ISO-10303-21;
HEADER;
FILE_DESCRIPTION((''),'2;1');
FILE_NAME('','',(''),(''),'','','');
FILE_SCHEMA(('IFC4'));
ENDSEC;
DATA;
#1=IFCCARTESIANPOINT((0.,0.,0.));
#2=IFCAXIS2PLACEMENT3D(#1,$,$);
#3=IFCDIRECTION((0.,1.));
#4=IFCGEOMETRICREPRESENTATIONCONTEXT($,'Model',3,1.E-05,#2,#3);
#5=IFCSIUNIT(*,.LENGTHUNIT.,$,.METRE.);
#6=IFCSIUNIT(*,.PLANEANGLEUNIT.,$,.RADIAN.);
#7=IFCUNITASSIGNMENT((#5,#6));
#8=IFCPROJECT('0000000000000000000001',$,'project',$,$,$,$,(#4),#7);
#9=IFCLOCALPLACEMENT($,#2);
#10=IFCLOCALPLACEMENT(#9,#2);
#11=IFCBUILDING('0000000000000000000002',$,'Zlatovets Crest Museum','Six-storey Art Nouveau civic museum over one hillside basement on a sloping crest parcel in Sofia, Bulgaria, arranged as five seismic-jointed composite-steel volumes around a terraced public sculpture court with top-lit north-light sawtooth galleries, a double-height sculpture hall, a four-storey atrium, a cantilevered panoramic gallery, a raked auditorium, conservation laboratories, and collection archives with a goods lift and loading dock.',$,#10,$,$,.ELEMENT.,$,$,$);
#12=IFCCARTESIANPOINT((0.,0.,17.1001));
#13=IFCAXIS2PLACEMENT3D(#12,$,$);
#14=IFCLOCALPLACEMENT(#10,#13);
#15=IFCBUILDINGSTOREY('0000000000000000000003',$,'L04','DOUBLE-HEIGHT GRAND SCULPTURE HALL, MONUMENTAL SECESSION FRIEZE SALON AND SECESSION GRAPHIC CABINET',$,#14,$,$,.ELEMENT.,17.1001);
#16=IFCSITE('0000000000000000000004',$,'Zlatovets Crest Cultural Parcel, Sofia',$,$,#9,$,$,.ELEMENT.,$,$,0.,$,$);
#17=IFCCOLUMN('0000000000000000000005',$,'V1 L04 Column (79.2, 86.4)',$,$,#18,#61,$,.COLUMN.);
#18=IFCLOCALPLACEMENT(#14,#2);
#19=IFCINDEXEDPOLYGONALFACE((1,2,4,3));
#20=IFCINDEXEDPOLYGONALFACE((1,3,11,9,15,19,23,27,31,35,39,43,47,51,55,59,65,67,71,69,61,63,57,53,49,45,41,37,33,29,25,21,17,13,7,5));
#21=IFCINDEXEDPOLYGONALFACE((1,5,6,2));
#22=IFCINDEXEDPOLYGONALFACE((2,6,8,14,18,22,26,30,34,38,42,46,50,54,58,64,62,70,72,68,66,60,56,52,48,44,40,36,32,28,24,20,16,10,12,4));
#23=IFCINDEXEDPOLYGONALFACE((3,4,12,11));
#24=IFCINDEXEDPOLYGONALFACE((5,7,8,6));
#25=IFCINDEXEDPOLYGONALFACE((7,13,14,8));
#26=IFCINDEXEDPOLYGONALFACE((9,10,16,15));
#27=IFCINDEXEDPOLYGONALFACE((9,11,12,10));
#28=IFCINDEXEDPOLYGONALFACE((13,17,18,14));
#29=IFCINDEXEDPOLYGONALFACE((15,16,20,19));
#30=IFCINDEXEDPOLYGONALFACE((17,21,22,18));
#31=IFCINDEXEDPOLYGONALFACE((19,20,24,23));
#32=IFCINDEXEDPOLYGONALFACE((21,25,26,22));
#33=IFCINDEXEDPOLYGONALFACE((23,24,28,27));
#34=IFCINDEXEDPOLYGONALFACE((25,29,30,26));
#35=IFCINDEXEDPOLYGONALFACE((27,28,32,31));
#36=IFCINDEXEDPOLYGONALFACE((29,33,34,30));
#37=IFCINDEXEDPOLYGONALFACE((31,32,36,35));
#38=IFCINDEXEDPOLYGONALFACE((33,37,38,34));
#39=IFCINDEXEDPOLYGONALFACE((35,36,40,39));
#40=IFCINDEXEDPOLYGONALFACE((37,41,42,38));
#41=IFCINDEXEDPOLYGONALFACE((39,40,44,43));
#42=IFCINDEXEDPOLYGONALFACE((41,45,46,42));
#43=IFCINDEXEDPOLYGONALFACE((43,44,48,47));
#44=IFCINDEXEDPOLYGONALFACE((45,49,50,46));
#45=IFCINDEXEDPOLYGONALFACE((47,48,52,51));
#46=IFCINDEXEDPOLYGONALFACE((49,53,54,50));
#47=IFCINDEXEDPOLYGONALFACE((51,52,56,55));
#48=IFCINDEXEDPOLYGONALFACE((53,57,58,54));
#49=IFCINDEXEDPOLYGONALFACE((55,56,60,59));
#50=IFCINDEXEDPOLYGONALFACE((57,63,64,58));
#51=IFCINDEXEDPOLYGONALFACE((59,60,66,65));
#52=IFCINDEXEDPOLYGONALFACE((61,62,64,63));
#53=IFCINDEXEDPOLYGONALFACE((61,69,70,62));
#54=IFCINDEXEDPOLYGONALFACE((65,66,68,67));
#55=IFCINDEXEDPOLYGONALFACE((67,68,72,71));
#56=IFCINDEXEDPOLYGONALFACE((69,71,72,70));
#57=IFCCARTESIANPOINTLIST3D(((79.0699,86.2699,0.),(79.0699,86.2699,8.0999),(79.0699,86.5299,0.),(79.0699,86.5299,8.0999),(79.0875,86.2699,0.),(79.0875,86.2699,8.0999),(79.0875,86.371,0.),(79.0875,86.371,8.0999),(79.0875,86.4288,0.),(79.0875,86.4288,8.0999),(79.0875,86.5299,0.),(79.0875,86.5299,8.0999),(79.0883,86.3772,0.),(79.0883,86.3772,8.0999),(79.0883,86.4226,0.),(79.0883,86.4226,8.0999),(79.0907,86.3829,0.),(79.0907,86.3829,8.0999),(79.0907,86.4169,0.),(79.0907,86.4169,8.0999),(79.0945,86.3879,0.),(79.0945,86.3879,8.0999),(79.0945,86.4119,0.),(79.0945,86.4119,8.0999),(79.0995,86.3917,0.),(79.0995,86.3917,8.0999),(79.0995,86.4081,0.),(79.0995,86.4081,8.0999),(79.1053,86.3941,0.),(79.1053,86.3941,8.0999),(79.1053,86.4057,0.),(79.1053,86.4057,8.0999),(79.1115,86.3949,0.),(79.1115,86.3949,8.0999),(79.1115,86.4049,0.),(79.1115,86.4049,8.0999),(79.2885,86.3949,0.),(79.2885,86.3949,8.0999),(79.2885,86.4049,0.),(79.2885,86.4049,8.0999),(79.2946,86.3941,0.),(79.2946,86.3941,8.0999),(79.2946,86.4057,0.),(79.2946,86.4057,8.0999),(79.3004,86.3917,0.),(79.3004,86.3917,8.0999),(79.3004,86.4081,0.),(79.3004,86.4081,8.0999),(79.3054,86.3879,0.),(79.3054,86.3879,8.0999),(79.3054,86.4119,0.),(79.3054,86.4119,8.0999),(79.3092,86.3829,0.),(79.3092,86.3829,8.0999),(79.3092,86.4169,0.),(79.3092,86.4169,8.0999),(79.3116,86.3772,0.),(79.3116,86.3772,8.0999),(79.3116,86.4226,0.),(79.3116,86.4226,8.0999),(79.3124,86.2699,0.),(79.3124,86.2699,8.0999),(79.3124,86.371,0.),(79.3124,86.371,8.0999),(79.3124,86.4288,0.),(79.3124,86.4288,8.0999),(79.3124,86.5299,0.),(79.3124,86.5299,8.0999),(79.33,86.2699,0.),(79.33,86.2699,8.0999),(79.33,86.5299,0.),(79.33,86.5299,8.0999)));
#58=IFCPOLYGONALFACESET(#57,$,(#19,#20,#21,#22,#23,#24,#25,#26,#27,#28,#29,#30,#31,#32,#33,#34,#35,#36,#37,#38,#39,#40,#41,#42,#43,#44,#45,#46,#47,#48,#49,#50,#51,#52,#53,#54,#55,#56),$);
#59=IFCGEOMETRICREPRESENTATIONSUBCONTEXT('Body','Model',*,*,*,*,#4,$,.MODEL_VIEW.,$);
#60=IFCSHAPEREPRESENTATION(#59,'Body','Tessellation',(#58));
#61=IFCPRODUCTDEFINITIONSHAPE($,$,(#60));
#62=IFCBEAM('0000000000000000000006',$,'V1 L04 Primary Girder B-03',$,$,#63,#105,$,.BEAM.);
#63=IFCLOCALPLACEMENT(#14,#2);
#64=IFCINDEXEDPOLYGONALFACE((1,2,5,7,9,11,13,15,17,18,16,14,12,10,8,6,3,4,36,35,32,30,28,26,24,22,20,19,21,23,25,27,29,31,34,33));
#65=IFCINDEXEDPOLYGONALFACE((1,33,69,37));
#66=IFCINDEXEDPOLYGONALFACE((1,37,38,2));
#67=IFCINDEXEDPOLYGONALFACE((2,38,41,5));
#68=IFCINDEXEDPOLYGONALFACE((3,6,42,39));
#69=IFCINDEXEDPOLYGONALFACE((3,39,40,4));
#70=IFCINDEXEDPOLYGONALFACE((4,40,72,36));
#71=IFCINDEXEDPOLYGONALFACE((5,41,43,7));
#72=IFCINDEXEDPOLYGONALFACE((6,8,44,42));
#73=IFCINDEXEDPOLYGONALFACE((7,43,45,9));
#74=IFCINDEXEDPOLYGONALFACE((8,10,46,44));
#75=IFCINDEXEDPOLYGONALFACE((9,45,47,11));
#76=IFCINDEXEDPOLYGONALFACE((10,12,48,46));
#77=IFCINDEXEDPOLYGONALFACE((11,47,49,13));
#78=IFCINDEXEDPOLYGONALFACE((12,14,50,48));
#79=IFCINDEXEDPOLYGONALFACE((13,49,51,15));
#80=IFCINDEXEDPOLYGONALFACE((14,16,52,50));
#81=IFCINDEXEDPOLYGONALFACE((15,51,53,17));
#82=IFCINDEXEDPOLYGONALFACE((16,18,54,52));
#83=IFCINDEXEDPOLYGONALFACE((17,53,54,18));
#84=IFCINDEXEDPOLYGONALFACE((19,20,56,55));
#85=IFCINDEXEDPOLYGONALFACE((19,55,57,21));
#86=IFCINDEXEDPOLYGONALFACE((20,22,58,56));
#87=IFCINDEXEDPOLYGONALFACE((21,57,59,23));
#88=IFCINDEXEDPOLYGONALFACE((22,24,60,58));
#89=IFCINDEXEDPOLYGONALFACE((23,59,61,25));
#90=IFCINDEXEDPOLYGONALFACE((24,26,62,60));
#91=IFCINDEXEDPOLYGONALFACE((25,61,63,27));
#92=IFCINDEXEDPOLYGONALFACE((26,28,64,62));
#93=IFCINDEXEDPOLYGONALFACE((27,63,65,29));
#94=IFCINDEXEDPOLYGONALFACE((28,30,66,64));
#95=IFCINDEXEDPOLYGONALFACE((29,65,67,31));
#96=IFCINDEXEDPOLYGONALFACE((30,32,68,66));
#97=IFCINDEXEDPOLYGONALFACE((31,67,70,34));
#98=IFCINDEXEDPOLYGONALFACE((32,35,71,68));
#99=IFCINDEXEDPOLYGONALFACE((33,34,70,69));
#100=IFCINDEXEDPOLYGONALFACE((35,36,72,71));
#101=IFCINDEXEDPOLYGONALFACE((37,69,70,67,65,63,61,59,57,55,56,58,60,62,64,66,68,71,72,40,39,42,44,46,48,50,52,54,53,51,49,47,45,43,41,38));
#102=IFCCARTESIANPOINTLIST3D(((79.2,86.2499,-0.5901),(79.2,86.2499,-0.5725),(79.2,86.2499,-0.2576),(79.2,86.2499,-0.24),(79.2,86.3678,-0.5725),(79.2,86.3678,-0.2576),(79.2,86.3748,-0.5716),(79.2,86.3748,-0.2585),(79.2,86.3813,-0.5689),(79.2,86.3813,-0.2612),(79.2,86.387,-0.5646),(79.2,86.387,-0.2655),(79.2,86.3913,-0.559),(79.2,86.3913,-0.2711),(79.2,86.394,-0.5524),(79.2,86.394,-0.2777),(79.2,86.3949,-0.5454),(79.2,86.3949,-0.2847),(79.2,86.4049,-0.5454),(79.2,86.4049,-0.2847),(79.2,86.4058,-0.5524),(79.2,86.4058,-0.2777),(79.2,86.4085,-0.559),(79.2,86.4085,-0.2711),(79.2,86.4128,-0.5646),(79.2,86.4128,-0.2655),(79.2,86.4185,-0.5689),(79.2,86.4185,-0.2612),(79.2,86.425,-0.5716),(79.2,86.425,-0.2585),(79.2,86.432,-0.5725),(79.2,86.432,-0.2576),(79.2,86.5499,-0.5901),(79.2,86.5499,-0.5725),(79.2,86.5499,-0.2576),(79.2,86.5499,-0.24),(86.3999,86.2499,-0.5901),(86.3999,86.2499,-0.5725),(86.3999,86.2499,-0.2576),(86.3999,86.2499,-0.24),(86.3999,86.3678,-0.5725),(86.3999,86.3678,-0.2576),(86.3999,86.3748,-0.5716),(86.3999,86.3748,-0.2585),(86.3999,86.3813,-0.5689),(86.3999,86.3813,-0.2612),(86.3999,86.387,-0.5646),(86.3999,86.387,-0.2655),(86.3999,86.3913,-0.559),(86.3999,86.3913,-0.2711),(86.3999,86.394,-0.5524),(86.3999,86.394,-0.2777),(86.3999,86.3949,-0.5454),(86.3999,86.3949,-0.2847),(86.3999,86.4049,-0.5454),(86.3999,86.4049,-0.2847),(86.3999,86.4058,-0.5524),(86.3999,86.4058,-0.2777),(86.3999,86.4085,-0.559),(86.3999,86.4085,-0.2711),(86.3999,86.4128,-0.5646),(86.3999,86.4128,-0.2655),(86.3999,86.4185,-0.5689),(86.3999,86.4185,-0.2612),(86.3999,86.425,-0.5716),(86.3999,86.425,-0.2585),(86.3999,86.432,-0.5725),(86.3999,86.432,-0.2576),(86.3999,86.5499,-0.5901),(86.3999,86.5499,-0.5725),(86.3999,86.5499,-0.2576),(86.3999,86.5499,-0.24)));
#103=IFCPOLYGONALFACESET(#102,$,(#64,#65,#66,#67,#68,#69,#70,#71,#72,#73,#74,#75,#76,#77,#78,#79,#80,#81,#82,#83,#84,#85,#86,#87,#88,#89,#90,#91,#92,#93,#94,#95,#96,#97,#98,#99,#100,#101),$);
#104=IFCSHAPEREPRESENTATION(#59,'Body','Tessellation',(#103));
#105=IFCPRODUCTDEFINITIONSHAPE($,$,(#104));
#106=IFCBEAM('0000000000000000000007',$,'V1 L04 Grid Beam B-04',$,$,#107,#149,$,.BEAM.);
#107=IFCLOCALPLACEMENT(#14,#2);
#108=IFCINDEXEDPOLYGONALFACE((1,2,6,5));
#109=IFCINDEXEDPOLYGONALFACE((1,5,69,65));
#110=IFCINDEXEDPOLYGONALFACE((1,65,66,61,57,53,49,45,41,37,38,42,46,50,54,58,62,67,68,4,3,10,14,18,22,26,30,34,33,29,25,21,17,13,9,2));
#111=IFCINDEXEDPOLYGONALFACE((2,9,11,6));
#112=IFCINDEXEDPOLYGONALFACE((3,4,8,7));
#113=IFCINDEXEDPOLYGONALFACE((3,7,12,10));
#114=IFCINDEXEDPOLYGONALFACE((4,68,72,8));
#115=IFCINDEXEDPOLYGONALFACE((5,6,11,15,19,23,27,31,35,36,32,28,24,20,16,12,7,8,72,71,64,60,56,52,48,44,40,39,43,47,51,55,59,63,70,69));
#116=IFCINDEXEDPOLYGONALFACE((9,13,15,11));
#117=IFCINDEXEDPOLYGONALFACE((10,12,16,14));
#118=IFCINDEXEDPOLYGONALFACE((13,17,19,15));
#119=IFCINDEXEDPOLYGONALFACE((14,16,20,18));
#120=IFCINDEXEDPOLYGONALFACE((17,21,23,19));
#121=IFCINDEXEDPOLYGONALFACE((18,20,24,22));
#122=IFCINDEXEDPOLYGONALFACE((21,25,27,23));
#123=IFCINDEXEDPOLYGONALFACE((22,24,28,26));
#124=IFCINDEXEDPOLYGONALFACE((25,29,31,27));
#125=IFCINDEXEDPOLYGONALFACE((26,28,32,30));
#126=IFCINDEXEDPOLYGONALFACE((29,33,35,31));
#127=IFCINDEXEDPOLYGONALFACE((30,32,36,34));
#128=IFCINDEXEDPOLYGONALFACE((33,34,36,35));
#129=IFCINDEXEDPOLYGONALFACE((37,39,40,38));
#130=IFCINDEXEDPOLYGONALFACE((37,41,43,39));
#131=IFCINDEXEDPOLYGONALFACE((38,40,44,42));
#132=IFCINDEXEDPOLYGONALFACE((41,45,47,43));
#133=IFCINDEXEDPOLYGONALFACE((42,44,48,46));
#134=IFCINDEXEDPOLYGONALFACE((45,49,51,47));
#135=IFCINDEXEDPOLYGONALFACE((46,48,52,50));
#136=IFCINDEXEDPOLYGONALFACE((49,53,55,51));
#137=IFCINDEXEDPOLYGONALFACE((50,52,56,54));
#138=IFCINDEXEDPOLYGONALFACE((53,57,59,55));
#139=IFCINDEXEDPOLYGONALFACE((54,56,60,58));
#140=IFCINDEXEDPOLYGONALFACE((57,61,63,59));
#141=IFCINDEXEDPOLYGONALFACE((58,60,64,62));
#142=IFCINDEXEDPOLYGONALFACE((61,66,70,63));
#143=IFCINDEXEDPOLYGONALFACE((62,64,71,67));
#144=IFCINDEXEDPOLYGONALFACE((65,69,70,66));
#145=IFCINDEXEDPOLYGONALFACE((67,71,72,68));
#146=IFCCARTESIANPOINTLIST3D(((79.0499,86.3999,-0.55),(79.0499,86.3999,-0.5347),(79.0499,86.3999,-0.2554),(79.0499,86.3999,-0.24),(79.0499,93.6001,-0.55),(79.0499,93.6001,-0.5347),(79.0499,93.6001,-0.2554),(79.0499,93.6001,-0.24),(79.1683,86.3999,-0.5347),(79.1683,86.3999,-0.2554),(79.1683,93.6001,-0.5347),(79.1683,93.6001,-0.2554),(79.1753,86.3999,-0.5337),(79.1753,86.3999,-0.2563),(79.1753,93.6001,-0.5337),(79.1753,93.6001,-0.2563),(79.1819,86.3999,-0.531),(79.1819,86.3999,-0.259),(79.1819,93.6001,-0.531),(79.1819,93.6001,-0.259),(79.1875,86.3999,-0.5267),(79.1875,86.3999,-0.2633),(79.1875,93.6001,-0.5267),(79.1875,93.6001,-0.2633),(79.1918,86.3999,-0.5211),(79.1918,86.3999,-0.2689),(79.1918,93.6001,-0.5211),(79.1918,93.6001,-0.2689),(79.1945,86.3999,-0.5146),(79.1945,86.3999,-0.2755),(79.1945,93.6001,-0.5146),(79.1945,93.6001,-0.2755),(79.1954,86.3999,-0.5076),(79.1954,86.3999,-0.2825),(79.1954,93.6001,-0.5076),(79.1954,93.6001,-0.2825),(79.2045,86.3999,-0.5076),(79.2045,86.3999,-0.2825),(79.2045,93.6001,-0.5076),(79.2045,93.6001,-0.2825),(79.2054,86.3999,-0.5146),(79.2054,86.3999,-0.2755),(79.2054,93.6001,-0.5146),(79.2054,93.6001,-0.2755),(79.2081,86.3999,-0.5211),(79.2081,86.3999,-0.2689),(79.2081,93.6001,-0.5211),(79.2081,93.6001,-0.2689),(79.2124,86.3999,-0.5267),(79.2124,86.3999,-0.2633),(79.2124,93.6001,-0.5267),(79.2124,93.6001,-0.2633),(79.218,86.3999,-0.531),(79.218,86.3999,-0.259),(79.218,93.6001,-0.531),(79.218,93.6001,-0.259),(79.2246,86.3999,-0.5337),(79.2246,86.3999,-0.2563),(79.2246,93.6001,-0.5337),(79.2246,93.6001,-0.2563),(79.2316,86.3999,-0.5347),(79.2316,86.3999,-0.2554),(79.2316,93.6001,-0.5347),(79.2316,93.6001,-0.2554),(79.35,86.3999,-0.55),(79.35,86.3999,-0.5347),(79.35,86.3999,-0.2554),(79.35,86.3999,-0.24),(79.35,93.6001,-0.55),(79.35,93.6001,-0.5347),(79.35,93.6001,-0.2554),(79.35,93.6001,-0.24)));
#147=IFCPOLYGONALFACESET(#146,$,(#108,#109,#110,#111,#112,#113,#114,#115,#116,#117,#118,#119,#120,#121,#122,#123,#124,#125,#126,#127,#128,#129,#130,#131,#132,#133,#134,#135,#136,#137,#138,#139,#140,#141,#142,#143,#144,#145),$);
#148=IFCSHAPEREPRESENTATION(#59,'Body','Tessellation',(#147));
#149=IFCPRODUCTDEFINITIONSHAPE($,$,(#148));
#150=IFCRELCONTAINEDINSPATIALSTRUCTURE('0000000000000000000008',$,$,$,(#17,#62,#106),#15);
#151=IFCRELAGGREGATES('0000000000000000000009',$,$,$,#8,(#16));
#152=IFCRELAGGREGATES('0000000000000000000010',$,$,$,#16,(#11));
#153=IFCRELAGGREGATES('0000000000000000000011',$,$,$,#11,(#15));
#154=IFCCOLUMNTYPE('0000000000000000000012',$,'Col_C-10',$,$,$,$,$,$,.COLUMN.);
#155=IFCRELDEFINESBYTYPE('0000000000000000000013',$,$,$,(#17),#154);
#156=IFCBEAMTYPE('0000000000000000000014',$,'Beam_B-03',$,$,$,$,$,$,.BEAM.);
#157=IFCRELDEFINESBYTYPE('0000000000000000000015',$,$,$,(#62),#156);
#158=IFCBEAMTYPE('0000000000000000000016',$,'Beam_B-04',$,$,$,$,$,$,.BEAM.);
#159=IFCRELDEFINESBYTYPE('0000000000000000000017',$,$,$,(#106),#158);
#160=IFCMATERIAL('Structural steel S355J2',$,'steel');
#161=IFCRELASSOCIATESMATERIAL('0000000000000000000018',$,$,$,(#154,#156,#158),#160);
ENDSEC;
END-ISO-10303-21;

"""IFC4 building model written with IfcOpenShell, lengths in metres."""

from ifc_helpers import new_model, si_unit, direction, frame, origin, origin_2d, place, context, subcontext, project, spatial, i_section, extrude, material, material_profile, profile_set, type_object, element, save


model = new_model("IFC4")

# Units and contexts
model_context = context("Model", 3, precision=1e-05, world=origin(), true_north=direction((0.0, 1.0)))
body_context = subcontext(model_context, "Body", "Model", "MODEL_VIEW")
ifc_project = project(units=[si_unit("LENGTHUNIT", "METRE"), si_unit("PLANEANGLEUNIT", "RADIAN")], contexts=[model_context])

# Site, building, storey
site_placement = place(None, origin())
site = spatial("IfcSite", under=ifc_project, at=site_placement, Name="Zlatovets Crest Cultural Parcel, Sofia", CompositionType="ELEMENT", RefElevation=0.0)
building_placement = place(site_placement, origin())
building = spatial("IfcBuilding", under=site, at=building_placement, Name="Zlatovets Crest Museum", Description="Six-storey Art Nouveau civic museum over one hillside basement on a sloping crest parcel in Sofia, Bulgaria, arranged as five seismic-jointed composite-steel volumes around a terraced public sculpture court with top-lit north-light sawtooth galleries, a double-height sculpture hall, a four-storey atrium, a cantilevered panoramic gallery, a raked auditorium, conservation laboratories, and collection archives with a goods lift and loading dock.", CompositionType="ELEMENT")
storey_placement = place(building_placement, frame((0.0, 0.0, 17.1001)))
storey = spatial("IfcBuildingStorey", under=building, at=storey_placement, Name="L04", Description="DOUBLE-HEIGHT GRAND SCULPTURE HALL, MONUMENTAL SECESSION FRIEZE SALON AND SECESSION GRAPHIC CABINET", CompositionType="ELEMENT", Elevation=17.1001)

# Column
ifc_material_1 = material(Name="Structural steel S355J2", Category="steel")
ifc_material_profile_1 = material_profile(ifc_material_1, i_section(OverallWidth=0.26, OverallDepth=0.26, WebThickness=0.01, FlangeThickness=0.0176, FilletRadius=0.0239, at=origin_2d()), Name="HEB 260")
ifc_profile_set_1 = profile_set([ifc_material_profile_1], Name="Structural steel S355J2")
column_type = type_object("IfcColumnType", Name="Col_C-10", PredefinedType="COLUMN", material=ifc_profile_set_1)
column_placement = place(storey_placement, frame((79.2, 86.3999, 0.0), z_axis=(0.0, 0.0, 1.0), x_axis=(0.0, 1.0, 0.0)))
element("IfcColumn", 1, at=column_placement, inside=storey, type_object=column_type, Name="V1 L04 Column (79.2, 86.4)", PredefinedType="COLUMN", context=body_context, shape_type="SweptSolid", body=[
    extrude(i_section(OverallWidth=0.26, OverallDepth=0.26, WebThickness=0.01, FlangeThickness=0.0176, FilletRadius=0.0239, at=origin_2d()), origin(), (0.0, 0.0, 1.0), 8.0999),
])

# Beams
ifc_material_profile_2 = material_profile(ifc_material_1, i_section(OverallWidth=0.3, OverallDepth=0.3501, WebThickness=0.01, FlangeThickness=0.0176, FilletRadius=0.0271, at=origin_2d()), Name="HEA 360")
ifc_profile_set_2 = profile_set([ifc_material_profile_2], Name="Structural steel S355J2")
beam_type_1 = type_object("IfcBeamType", Name="Beam_B-03", PredefinedType="BEAM", material=ifc_profile_set_2)
beam_1_placement = place(storey_placement, frame((79.2, 86.3999, -0.415), z_axis=(1.0, 0.0, 0.0), x_axis=(0.0, 1.0, 0.0)))
element("IfcBeam", 2, at=beam_1_placement, inside=storey, type_object=beam_type_1, Name="V1 L04 Primary Girder B-03", PredefinedType="BEAM", context=body_context, shape_type="SweptSolid", body=[
    extrude(i_section(OverallWidth=0.3, OverallDepth=0.3501, WebThickness=0.01, FlangeThickness=0.0176, FilletRadius=0.0271, at=origin_2d()), origin(), (0.0, 0.0, 1.0), 7.2),
])
ifc_material_profile_3 = material_profile(ifc_material_1, i_section(OverallWidth=0.3, OverallDepth=0.3101, WebThickness=0.009, FlangeThickness=0.0154, FilletRadius=0.0271, at=origin_2d()), Name="HEA 320")
ifc_profile_set_3 = profile_set([ifc_material_profile_3], Name="Structural steel S355J2")
beam_type_2 = type_object("IfcBeamType", Name="Beam_B-04", PredefinedType="BEAM", material=ifc_profile_set_3)
beam_2_placement = place(storey_placement, frame((79.2, 86.3999, -0.395), z_axis=(0.0, 1.0, 0.0), x_axis=(-1.0, 0.0, 0.0)))
element("IfcBeam", 3, at=beam_2_placement, inside=storey, type_object=beam_type_2, Name="V1 L04 Grid Beam B-04", PredefinedType="BEAM", context=body_context, shape_type="SweptSolid", body=[
    extrude(i_section(OverallWidth=0.3, OverallDepth=0.3101, WebThickness=0.009, FlangeThickness=0.0154, FilletRadius=0.0271, at=origin_2d()), origin(), (0.0, 0.0, 1.0), 7.2002),
])

save(model, "model.ifc")
